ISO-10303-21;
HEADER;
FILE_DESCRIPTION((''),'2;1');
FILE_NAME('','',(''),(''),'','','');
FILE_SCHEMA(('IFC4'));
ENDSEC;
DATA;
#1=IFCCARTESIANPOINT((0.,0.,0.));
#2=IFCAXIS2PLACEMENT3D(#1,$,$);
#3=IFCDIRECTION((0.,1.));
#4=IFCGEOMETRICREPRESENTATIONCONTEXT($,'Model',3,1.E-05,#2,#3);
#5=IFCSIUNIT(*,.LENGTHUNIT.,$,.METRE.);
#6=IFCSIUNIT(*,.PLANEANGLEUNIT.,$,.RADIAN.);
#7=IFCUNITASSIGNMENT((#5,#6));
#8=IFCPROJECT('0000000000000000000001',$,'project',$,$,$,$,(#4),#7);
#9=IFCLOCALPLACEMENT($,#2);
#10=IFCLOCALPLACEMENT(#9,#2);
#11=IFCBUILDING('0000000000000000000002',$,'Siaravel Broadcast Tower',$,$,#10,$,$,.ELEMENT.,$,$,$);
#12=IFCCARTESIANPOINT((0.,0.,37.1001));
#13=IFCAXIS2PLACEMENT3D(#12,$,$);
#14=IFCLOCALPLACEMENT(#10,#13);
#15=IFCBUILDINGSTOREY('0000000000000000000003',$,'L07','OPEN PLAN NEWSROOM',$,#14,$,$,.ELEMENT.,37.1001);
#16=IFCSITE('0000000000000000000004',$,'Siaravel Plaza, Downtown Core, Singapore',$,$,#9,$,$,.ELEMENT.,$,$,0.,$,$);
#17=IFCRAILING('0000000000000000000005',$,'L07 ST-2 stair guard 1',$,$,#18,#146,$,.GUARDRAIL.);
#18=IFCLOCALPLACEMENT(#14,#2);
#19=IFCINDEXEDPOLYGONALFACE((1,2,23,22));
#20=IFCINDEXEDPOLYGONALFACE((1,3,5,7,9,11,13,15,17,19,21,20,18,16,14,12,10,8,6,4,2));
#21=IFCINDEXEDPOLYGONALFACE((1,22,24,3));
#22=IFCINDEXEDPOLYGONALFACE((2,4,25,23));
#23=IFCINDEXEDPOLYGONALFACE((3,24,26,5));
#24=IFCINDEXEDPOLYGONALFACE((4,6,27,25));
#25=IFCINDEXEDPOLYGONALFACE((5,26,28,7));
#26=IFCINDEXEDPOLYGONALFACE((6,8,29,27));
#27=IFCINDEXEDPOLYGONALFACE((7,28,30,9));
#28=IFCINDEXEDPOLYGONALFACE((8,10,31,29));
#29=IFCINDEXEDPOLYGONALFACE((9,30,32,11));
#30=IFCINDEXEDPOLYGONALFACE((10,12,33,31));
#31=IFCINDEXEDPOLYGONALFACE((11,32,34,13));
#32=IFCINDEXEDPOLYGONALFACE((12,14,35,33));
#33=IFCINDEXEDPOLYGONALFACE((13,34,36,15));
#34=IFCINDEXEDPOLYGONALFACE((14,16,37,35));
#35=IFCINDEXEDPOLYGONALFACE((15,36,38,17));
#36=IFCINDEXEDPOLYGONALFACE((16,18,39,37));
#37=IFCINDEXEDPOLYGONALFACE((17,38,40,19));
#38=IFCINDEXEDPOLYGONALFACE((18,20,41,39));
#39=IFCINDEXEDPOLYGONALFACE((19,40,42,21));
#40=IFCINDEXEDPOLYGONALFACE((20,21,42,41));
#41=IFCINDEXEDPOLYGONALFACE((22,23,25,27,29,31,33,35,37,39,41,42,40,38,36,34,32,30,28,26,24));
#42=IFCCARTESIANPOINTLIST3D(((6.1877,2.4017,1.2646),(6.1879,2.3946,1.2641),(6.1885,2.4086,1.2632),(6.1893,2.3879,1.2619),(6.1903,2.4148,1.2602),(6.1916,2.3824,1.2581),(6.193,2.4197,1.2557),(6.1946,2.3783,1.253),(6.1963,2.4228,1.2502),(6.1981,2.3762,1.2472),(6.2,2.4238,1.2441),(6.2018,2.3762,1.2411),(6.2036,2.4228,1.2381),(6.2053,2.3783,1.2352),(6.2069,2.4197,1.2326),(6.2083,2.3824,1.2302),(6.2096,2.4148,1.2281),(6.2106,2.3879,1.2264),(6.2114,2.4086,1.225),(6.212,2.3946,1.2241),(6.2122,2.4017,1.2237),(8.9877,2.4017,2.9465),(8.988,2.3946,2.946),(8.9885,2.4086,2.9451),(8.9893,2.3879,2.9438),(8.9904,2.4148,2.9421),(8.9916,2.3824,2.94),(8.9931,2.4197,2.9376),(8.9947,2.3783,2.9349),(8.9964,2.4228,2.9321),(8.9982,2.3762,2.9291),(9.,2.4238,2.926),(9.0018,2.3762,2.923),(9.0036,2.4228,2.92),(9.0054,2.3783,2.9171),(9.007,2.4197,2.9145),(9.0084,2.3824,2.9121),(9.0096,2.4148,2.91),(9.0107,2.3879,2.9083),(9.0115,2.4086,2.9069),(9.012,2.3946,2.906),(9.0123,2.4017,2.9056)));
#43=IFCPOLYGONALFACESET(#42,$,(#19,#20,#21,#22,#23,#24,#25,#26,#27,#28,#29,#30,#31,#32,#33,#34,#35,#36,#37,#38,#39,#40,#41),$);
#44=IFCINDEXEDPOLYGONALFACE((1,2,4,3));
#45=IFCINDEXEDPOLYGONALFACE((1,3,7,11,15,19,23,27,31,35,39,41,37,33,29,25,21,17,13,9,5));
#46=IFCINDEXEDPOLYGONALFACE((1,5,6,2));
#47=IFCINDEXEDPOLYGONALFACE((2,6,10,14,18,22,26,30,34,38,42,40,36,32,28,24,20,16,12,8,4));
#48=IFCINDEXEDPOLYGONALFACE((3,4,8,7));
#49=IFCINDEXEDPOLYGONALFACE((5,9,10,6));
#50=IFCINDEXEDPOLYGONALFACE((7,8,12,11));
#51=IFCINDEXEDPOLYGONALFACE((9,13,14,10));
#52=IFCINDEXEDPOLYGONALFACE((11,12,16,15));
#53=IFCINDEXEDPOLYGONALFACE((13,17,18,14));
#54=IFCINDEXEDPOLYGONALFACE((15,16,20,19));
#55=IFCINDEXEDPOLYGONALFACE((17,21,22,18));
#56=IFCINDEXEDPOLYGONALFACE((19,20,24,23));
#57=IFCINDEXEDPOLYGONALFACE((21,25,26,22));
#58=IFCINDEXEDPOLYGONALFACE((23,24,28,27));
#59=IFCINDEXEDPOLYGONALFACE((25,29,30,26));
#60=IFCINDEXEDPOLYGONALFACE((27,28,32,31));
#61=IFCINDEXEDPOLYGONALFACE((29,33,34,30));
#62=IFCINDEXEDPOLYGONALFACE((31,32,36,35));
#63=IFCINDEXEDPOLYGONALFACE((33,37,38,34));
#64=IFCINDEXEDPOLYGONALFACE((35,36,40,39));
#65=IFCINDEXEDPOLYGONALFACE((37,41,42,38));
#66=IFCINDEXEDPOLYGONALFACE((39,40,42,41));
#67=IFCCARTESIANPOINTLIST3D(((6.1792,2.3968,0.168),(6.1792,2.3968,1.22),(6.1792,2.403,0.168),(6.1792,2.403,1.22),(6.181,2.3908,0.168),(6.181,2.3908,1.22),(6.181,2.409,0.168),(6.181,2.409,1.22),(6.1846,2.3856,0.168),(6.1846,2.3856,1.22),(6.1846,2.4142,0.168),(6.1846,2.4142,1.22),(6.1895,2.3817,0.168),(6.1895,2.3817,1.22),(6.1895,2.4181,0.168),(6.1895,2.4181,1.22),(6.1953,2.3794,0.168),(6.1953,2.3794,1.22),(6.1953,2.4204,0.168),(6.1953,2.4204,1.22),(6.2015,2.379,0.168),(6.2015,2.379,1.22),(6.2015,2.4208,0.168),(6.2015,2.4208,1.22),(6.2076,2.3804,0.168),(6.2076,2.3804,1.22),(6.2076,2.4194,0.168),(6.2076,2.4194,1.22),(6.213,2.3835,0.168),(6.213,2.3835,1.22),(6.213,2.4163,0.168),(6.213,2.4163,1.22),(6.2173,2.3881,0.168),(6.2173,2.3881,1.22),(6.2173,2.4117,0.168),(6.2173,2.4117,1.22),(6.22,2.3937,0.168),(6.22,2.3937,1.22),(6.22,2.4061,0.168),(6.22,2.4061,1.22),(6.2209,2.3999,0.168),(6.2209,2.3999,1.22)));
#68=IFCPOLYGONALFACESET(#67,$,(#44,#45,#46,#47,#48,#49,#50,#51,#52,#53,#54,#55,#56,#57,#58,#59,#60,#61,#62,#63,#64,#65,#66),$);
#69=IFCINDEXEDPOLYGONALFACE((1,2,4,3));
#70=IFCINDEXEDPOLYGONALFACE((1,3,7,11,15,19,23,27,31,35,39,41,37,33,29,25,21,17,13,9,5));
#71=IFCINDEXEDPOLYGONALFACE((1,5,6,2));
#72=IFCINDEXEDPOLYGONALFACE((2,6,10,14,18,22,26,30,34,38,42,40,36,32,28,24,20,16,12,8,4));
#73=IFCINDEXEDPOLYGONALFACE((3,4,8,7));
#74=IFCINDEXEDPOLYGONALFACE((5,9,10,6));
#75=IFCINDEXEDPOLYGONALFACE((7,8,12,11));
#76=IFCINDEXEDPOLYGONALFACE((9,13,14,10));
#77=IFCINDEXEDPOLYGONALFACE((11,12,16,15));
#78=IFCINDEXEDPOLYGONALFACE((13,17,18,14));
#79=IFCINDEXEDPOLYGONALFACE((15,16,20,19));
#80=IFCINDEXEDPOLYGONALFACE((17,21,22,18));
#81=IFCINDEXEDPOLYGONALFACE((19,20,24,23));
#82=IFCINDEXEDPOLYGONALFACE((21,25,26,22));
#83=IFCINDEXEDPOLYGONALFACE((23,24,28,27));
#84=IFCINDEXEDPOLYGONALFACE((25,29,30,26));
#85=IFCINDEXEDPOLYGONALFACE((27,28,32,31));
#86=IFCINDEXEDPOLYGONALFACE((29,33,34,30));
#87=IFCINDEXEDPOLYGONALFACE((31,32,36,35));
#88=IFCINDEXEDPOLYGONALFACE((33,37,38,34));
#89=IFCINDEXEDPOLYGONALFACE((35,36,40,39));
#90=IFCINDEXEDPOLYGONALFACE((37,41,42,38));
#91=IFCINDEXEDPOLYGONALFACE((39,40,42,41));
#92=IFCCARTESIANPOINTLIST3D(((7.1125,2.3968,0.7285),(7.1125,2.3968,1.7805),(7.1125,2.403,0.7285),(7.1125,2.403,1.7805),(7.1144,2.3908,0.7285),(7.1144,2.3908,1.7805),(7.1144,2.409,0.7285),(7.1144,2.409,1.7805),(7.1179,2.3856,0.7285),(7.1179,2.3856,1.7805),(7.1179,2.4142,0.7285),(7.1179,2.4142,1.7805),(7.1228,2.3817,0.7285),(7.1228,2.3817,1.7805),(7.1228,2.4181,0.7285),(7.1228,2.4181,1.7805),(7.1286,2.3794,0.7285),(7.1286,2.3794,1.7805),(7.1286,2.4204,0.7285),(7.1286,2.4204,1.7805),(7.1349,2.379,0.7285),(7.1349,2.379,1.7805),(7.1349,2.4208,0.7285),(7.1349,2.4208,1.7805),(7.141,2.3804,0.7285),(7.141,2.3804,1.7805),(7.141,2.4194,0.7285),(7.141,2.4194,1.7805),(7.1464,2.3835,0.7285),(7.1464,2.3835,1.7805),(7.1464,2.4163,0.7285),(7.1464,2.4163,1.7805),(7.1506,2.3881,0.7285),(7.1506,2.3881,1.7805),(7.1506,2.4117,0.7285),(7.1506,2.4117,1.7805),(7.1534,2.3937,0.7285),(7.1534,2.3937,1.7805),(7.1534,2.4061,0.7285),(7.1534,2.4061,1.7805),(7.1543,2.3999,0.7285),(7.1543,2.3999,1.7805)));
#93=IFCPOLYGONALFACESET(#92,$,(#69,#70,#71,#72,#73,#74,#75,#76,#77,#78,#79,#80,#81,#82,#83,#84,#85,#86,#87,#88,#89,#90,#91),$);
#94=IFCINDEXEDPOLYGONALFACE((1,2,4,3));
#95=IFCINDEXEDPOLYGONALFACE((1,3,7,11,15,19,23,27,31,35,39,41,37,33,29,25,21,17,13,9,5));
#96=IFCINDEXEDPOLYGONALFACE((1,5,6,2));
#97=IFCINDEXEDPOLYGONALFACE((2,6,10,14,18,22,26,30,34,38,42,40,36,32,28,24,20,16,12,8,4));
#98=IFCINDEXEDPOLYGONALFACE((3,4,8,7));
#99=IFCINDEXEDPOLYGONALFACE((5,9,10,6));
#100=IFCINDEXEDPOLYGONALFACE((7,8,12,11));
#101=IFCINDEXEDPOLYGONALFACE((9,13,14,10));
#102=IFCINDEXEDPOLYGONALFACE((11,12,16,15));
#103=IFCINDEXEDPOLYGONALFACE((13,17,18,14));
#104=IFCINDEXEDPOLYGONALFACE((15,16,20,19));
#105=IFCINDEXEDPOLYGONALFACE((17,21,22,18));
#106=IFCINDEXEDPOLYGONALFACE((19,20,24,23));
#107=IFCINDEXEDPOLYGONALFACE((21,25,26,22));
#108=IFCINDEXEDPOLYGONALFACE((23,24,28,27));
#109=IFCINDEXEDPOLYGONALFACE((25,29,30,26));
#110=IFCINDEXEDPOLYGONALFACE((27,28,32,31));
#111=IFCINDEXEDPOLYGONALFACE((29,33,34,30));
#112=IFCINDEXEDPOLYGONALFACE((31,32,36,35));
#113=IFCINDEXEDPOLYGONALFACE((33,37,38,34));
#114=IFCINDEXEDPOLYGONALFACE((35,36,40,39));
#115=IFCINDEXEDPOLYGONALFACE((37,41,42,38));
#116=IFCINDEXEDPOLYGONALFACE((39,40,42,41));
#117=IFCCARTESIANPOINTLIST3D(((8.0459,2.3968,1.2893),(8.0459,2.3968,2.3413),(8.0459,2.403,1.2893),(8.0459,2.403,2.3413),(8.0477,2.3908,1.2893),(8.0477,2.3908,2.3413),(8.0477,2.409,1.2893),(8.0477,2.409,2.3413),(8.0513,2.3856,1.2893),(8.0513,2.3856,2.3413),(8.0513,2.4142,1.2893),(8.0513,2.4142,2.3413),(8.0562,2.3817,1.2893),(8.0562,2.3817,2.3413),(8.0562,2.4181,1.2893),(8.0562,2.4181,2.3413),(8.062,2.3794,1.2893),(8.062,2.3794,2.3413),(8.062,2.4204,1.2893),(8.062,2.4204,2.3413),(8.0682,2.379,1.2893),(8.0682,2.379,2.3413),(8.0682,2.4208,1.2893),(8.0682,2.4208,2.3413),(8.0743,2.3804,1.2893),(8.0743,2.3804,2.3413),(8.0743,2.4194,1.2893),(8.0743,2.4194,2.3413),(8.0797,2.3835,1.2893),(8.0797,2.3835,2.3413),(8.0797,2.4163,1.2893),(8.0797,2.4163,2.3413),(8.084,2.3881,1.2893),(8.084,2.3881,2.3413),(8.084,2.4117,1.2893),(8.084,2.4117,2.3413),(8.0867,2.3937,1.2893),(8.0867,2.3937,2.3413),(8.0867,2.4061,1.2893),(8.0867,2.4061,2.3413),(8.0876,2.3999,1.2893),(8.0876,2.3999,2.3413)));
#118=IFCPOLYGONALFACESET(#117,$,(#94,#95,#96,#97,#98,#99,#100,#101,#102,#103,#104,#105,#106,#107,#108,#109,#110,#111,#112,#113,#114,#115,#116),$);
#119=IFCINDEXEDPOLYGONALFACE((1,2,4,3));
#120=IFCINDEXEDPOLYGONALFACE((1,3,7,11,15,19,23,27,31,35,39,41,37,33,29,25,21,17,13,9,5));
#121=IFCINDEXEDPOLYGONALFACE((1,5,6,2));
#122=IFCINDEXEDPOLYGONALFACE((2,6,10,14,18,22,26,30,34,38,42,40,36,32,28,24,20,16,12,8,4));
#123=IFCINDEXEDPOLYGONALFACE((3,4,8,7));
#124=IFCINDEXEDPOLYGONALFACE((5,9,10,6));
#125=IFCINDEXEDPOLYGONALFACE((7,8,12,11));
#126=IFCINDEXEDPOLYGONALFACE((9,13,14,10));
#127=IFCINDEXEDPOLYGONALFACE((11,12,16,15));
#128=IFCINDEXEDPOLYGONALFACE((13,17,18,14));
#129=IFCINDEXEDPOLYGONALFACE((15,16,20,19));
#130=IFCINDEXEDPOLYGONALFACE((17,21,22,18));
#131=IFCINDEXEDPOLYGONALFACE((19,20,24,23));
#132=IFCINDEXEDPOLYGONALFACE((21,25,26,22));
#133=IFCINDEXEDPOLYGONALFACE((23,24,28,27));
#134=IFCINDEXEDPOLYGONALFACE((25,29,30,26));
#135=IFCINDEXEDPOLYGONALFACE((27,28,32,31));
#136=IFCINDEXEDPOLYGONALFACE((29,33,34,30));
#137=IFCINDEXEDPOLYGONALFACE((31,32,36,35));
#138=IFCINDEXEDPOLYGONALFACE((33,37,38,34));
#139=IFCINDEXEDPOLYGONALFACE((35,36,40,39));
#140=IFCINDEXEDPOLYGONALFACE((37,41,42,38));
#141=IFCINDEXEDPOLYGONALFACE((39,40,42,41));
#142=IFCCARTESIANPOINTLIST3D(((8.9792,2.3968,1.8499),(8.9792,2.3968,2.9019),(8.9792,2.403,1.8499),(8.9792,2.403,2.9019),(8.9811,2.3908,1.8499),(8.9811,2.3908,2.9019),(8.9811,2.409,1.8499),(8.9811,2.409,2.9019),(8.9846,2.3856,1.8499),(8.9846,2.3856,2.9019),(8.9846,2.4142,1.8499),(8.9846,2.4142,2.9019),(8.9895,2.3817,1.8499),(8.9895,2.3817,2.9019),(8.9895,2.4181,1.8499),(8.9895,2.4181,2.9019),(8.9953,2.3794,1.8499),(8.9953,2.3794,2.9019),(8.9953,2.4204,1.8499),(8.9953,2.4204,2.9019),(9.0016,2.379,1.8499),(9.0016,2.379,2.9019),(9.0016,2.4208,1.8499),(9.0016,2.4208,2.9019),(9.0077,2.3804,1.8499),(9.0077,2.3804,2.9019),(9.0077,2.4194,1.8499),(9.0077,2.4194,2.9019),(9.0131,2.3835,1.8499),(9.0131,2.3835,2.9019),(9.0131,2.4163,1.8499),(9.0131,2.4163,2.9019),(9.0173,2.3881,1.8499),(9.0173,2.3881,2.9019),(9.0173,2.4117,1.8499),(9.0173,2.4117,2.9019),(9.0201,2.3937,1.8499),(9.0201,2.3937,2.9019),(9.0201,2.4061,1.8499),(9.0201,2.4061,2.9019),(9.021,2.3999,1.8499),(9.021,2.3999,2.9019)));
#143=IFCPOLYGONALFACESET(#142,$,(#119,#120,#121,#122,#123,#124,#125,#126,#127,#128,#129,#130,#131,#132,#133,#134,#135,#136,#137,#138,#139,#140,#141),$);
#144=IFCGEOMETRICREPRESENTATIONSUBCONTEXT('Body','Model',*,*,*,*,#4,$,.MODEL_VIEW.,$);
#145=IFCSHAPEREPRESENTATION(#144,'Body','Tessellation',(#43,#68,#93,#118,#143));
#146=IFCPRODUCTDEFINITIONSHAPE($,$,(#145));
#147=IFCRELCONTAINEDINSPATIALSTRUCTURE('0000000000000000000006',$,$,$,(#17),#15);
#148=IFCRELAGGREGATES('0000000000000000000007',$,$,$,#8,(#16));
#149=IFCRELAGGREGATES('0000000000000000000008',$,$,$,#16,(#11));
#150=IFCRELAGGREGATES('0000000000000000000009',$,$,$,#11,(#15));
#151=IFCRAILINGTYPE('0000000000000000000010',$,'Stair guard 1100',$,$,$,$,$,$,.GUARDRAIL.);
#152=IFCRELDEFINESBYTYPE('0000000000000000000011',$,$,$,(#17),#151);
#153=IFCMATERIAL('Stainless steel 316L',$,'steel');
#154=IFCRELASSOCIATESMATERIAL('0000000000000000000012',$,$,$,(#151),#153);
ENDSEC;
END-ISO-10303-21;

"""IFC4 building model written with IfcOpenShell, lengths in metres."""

from ifc_helpers import new_model, si_unit, direction, frame, origin, origin_2d, place, context, subcontext, project, spatial, circle, extrude, material, type_object, element, save


model = new_model("IFC4")

# Units and contexts
model_context = context("Model", 3, precision=1e-05, world=origin(), true_north=direction((0.0, 1.0)))
body_context = subcontext(model_context, "Body", "Model", "MODEL_VIEW")
ifc_project = project(units=[si_unit("LENGTHUNIT", "METRE"), si_unit("PLANEANGLEUNIT", "RADIAN")], contexts=[model_context])

# Site, building, storey
site_placement = place(None, origin())
site = spatial("IfcSite", under=ifc_project, at=site_placement, Name="Siaravel Plaza, Downtown Core, Singapore", CompositionType="ELEMENT", RefElevation=0.0)
building_placement = place(site_placement, origin())
building = spatial("IfcBuilding", under=site, at=building_placement, Name="Siaravel Broadcast Tower", CompositionType="ELEMENT")
storey_placement = place(building_placement, frame((0.0, 0.0, 37.1001)))
storey = spatial("IfcBuildingStorey", under=building, at=storey_placement, Name="L07", Description="OPEN PLAN NEWSROOM", CompositionType="ELEMENT", Elevation=37.1001)

# Railing
ifc_material_1 = material(Name="Stainless steel 316L", Category="steel")
railing_type_1 = type_object("IfcRailingType", Name="Stair guard 1100", PredefinedType="GUARDRAIL", material=ifc_material_1)
railing_1_placement = place(storey_placement, frame((6.2, 2.3999, 0.168)))
element("IfcRailing", 1, at=railing_1_placement, inside=storey, type_object=railing_type_1, Name="L07 ST-2 stair guard 1", PredefinedType="GUARDRAIL", context=body_context, shape_type="SweptSolid", body=[
    extrude(circle(Radius=0.0239, at=origin_2d()), frame((0.0, 0.0, 1.0762), z_axis=(0.857242, 0.0, 0.514913), x_axis=(0.0, 1.0, 0.0)), (0.0, 0.0, 1.0), 3.2664),
    extrude(circle(Radius=0.021, at=origin_2d()), origin(), (0.0, 0.0, 1.0), 1.052),
    extrude(circle(Radius=0.021, at=origin_2d()), frame((0.9333, 0.0, 0.5605)), (0.0, 0.0, 1.0), 1.052),
    extrude(circle(Radius=0.021, at=origin_2d()), frame((1.8667, 0.0, 1.1213)), (0.0, 0.0, 1.0), 1.052),
    extrude(circle(Radius=0.021, at=origin_2d()), frame((2.8, 0.0, 1.6819)), (0.0, 0.0, 1.0), 1.052),
])

save(model, "model.ifc")
